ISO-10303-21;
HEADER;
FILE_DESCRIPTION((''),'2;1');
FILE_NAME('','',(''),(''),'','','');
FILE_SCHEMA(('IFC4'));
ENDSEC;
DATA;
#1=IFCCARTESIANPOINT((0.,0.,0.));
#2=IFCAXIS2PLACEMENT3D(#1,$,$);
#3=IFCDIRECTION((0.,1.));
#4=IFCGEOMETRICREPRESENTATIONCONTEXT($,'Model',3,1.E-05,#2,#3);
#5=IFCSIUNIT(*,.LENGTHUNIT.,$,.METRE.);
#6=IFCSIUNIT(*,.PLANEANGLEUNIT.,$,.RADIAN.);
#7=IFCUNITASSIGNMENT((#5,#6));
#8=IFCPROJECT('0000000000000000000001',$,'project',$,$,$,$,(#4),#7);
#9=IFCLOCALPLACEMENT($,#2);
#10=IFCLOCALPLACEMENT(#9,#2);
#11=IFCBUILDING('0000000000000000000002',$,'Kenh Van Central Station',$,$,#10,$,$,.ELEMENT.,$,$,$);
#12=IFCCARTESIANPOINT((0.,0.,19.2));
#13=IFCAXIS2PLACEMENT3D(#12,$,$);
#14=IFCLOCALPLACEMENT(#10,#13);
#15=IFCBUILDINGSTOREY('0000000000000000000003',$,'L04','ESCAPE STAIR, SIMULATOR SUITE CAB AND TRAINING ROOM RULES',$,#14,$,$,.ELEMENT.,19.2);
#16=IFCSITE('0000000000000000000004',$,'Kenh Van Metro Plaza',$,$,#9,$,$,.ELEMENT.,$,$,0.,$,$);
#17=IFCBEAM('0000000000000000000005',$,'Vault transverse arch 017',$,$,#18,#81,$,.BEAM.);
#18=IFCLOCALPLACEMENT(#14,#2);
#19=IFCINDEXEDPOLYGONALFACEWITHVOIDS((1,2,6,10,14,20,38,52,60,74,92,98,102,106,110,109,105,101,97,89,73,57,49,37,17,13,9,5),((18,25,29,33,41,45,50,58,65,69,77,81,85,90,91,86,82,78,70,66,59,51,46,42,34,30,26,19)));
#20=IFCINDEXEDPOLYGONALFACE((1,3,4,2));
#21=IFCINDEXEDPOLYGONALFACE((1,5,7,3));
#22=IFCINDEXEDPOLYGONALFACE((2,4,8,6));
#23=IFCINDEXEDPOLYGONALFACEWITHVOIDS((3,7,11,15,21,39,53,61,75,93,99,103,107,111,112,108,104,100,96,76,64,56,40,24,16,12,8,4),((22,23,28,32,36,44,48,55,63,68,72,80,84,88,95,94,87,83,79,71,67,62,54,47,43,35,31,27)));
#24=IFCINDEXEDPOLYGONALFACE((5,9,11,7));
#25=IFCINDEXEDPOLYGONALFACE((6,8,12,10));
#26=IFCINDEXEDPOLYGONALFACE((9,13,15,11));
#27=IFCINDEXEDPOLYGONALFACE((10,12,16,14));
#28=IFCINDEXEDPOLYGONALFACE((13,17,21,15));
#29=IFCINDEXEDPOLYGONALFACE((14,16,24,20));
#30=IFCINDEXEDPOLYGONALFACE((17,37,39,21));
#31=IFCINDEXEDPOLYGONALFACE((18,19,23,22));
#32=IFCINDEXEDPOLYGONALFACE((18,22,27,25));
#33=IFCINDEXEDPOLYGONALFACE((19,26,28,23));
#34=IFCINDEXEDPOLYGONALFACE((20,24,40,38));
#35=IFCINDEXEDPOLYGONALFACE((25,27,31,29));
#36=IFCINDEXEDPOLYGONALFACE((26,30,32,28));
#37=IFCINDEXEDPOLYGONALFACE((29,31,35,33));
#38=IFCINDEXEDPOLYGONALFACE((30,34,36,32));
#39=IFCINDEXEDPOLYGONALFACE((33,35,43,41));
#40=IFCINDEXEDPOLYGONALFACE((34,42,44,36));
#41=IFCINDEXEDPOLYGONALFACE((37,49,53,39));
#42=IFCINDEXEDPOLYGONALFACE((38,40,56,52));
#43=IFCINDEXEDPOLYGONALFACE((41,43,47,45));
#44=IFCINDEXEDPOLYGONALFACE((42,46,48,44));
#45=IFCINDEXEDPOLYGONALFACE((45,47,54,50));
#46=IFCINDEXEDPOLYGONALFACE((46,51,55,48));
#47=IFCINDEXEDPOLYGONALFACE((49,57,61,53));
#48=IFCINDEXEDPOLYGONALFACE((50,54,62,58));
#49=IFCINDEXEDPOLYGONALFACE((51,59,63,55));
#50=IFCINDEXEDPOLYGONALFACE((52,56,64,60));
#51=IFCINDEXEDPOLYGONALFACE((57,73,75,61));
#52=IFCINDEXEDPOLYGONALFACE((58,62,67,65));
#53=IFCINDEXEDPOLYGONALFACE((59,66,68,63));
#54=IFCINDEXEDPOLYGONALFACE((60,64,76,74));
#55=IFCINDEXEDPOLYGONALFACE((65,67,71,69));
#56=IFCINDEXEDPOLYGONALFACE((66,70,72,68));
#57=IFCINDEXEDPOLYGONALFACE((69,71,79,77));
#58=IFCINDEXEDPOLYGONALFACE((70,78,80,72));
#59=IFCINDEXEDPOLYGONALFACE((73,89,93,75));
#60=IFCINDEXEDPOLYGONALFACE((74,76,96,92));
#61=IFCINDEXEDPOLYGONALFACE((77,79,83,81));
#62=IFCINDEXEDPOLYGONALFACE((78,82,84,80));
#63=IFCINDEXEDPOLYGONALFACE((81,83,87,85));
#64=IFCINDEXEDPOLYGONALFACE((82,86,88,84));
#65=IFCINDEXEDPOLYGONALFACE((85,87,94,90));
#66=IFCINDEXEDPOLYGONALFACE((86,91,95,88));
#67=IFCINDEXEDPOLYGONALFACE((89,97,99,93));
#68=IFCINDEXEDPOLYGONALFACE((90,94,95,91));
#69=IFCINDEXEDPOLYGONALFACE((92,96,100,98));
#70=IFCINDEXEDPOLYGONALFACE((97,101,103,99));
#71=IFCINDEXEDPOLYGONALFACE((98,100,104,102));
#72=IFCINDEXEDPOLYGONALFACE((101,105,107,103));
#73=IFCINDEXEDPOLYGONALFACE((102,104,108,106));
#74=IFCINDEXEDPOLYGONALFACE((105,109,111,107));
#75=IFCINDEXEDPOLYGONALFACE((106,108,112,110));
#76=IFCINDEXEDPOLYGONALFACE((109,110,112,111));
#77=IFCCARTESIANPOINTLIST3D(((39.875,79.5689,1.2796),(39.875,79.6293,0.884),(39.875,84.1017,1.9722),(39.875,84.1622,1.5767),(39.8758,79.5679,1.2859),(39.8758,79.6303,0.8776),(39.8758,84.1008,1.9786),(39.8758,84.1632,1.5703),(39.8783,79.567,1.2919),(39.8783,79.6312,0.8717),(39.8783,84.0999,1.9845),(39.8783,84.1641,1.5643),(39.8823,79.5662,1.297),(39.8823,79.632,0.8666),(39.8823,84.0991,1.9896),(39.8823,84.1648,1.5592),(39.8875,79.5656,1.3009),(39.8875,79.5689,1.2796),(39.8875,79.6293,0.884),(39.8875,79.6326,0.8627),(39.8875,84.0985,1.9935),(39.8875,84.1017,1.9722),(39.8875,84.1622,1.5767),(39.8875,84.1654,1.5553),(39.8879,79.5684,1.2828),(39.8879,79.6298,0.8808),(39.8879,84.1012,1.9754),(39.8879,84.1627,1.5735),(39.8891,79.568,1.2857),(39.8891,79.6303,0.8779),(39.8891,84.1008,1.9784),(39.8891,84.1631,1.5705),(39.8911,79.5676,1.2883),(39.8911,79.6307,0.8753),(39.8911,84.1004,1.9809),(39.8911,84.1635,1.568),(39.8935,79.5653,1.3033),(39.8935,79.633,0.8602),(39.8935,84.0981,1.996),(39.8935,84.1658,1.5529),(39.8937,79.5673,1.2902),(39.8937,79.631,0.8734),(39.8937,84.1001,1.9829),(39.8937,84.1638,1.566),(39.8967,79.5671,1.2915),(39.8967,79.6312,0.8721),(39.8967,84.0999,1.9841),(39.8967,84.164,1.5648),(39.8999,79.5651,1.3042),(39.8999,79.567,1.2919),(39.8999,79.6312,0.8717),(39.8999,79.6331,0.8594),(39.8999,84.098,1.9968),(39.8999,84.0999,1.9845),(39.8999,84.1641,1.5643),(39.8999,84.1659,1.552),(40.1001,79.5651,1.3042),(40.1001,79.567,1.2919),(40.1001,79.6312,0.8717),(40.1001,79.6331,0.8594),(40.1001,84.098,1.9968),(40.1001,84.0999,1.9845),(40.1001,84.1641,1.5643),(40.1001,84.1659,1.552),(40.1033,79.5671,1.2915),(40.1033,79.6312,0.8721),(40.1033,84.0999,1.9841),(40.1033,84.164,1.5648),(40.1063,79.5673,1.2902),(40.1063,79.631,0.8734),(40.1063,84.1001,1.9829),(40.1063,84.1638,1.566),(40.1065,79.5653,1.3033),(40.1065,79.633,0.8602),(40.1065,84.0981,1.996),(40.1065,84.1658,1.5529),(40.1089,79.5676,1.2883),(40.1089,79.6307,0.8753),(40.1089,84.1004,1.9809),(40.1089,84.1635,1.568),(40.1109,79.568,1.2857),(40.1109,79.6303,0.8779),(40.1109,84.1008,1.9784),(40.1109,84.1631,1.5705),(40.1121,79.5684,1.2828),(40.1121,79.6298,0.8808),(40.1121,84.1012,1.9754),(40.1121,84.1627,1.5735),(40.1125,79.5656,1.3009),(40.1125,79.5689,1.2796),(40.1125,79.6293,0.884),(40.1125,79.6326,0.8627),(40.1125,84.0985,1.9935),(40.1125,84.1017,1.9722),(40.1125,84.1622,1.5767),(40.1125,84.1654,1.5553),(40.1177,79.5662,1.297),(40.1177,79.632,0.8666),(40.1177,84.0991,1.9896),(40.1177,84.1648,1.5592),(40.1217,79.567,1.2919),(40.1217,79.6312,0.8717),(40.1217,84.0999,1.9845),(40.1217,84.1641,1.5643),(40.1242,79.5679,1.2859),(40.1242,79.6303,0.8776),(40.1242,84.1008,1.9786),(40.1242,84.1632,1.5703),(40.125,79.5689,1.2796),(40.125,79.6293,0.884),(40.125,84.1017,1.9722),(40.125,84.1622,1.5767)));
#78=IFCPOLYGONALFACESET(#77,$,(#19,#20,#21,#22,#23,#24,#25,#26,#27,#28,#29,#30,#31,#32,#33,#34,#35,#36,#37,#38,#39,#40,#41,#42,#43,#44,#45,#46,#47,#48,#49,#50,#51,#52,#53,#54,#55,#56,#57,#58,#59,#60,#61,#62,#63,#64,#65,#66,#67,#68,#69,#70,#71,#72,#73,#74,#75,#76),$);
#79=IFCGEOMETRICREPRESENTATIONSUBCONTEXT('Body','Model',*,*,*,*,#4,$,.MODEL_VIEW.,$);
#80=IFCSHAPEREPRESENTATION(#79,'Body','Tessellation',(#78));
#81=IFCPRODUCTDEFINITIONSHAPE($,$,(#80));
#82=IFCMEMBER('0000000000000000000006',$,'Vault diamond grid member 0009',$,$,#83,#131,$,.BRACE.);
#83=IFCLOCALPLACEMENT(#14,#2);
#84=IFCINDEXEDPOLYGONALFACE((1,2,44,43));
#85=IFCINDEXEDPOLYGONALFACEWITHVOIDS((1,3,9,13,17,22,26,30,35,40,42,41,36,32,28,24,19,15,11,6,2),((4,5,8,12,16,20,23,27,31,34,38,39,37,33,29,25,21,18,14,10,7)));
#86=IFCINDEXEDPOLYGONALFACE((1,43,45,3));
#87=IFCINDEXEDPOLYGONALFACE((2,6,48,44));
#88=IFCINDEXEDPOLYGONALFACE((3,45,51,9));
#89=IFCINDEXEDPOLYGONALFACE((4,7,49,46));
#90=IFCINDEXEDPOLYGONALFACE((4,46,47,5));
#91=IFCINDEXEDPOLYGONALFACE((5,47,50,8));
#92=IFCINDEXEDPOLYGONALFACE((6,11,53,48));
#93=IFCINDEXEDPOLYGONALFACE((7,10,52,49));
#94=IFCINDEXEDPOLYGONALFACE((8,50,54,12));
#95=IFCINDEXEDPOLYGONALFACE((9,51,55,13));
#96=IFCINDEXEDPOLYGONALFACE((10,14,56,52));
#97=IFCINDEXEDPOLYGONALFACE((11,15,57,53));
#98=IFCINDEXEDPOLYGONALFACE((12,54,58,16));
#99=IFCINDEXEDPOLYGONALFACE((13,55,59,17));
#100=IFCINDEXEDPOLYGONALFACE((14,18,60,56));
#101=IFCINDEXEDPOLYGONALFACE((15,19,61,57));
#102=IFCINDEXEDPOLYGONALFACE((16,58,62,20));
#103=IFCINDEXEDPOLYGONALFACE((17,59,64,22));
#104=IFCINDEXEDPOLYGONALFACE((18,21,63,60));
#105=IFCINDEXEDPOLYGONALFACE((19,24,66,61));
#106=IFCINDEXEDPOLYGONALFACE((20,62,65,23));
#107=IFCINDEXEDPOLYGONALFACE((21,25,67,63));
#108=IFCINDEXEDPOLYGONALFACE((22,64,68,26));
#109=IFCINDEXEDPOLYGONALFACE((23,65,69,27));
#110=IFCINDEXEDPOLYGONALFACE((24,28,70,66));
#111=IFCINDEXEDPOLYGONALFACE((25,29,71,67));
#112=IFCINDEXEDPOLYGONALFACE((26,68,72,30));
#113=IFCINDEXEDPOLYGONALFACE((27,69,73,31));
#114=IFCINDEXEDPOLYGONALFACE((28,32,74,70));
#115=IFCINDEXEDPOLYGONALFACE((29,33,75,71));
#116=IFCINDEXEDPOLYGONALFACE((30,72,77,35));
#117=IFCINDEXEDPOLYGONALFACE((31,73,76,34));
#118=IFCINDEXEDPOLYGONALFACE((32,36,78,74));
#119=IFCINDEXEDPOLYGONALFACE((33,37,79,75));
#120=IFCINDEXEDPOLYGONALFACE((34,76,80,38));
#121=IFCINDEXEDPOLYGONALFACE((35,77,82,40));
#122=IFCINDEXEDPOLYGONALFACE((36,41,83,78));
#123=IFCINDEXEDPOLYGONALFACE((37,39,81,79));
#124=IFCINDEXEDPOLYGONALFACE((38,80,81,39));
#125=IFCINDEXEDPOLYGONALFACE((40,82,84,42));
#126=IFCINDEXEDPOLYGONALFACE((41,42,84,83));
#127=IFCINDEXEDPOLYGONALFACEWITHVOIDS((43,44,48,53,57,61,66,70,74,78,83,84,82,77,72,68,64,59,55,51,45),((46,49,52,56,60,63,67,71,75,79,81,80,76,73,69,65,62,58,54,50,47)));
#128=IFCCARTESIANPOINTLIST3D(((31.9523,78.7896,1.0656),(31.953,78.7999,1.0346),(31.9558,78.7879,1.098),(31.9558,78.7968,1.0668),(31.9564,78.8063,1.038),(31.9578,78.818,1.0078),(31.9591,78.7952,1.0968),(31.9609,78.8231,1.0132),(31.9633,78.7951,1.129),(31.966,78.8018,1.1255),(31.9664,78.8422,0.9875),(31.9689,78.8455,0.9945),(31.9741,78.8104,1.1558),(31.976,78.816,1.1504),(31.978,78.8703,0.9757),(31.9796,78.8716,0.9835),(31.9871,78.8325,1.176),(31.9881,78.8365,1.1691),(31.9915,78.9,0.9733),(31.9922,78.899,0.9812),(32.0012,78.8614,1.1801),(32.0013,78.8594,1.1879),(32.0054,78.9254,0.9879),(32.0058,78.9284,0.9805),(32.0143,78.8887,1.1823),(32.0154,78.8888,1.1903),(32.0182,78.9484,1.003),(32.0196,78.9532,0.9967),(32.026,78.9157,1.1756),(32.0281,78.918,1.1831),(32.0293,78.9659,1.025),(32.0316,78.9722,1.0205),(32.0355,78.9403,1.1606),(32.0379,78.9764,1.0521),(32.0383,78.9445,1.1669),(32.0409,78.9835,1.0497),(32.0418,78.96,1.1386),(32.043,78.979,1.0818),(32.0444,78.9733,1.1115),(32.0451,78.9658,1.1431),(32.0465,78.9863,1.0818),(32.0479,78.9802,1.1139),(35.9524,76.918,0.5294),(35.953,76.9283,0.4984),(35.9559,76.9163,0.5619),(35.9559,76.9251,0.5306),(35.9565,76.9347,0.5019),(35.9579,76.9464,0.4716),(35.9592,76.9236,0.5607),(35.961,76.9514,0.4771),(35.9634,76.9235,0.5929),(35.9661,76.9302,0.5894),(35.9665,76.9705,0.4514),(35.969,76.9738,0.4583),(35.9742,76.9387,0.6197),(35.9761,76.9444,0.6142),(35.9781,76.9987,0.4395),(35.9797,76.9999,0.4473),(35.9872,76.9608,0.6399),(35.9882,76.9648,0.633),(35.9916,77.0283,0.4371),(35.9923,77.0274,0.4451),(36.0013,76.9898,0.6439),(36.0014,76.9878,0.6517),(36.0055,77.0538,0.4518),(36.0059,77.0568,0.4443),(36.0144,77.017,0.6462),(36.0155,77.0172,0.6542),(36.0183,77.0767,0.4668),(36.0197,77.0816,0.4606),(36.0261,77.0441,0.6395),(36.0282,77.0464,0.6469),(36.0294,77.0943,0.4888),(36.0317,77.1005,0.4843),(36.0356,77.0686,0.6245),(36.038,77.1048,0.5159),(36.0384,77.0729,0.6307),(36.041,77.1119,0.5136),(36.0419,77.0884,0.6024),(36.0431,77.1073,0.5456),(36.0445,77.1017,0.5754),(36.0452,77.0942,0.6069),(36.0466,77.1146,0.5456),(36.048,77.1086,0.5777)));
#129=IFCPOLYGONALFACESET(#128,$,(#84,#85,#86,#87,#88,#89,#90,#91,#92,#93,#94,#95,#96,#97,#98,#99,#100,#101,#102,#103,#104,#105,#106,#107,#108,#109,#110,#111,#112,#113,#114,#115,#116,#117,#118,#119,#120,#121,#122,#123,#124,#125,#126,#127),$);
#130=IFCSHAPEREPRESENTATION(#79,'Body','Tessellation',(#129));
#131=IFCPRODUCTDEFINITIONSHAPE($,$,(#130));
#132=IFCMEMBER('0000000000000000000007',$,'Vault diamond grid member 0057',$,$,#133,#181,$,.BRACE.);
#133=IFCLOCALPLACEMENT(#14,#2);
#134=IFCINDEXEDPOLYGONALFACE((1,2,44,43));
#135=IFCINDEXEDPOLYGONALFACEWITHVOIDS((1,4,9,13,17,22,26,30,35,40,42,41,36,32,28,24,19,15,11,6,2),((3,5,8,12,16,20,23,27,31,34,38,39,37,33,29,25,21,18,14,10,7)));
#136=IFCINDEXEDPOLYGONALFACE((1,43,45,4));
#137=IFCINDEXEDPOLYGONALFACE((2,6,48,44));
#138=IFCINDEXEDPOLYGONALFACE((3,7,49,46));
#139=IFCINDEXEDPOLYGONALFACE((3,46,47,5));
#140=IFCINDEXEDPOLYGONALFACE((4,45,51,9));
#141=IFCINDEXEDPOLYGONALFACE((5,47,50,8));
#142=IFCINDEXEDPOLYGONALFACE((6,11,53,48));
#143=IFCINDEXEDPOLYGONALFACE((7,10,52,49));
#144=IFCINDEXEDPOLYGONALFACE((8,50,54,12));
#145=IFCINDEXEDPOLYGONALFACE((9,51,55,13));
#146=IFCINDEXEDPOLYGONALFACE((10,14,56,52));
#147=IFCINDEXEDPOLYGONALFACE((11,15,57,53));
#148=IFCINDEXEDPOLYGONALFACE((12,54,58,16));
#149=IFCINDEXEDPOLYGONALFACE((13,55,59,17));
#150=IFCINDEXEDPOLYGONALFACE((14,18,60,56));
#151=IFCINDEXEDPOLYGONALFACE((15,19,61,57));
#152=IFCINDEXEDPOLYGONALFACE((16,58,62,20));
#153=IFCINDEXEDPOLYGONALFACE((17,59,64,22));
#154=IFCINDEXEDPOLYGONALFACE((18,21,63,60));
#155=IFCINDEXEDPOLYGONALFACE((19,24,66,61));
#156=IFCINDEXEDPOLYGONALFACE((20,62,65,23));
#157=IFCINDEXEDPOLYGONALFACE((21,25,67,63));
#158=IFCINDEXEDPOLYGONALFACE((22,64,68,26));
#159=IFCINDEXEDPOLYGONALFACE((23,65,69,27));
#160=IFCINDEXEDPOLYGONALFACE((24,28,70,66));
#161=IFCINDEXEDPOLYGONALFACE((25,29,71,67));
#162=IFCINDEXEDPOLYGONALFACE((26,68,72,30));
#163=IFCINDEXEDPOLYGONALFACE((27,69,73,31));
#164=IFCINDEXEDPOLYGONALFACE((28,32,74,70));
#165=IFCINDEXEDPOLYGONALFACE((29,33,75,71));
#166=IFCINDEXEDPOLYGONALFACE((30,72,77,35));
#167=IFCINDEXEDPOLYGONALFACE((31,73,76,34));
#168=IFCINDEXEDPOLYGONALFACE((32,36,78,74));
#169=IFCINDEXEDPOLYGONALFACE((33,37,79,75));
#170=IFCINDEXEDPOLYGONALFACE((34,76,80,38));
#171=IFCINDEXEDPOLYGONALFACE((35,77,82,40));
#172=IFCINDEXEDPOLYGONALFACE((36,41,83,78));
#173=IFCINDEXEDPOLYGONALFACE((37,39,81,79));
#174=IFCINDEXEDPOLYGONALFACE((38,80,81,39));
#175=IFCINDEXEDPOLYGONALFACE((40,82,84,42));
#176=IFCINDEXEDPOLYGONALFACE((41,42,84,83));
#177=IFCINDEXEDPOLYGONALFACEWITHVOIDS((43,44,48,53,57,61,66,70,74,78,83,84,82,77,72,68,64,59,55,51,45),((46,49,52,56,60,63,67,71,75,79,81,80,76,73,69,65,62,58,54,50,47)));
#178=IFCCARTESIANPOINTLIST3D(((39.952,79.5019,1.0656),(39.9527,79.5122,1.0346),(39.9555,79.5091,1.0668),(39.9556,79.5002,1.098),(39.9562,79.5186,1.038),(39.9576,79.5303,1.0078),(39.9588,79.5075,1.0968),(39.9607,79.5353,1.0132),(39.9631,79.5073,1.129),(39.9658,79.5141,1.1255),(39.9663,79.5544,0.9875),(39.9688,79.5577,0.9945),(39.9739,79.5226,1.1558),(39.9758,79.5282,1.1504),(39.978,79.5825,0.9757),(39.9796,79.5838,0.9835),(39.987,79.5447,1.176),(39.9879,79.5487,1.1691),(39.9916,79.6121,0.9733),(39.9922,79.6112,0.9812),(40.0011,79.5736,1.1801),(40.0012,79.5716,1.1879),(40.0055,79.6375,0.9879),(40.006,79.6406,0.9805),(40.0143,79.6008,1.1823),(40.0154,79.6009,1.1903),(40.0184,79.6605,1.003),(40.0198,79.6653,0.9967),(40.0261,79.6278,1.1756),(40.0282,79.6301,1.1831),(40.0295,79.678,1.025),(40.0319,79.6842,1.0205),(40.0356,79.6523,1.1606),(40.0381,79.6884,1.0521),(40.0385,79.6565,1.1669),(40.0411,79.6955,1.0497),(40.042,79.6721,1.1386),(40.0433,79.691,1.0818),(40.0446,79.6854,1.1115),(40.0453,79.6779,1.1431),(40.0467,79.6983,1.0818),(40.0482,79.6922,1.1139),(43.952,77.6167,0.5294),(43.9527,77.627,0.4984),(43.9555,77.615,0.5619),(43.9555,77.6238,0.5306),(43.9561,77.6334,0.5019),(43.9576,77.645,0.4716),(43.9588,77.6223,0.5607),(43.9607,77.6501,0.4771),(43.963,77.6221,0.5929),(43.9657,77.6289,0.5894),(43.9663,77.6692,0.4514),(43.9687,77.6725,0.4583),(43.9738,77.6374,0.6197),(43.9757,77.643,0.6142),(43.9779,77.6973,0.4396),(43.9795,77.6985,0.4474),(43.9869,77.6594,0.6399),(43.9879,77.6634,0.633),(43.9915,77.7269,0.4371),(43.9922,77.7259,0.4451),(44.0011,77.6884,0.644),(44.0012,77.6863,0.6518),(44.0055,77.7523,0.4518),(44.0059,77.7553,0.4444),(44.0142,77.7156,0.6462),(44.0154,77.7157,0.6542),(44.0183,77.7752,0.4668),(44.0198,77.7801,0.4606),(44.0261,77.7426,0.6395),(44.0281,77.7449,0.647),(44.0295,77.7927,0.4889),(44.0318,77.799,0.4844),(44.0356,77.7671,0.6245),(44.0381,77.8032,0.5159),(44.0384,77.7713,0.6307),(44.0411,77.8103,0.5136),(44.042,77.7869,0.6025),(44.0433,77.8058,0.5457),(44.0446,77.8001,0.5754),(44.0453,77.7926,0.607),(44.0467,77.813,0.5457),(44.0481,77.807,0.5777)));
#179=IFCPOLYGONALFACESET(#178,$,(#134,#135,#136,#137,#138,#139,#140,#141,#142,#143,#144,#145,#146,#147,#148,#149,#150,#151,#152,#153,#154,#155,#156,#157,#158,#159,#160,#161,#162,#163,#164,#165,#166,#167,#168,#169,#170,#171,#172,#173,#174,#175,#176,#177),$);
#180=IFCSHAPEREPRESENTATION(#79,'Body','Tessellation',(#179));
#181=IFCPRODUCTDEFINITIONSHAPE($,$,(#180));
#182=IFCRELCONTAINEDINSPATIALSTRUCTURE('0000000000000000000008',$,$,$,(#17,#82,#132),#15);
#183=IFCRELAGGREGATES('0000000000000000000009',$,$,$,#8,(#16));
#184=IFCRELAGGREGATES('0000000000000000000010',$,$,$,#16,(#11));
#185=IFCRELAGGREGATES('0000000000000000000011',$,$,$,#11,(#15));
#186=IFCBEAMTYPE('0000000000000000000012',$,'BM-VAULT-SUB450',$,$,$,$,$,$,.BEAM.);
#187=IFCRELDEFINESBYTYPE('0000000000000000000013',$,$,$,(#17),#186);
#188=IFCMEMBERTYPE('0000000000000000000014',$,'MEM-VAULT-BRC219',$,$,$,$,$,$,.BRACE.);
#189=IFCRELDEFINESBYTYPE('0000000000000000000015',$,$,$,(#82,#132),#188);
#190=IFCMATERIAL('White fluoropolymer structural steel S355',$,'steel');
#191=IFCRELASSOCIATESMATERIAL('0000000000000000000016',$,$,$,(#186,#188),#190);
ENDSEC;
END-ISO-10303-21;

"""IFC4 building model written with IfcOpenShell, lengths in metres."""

from ifc_helpers import new_model, si_unit, direction, frame, origin, origin_2d, place, context, subcontext, project, spatial, hollow_rectangle, hollow_circle, extrude, material, material_profile, profile_set, type_object, element, save


model = new_model("IFC4")

# Units and contexts
model_context = context("Model", 3, precision=1e-05, world=origin(), true_north=direction((0.0, 1.0)))
body_context = subcontext(model_context, "Body", "Model", "MODEL_VIEW")
ifc_project = project(units=[si_unit("LENGTHUNIT", "METRE"), si_unit("PLANEANGLEUNIT", "RADIAN")], contexts=[model_context])

# Site, building, storey
site_placement = place(None, origin())
site = spatial("IfcSite", under=ifc_project, at=site_placement, Name="Kenh Van Metro Plaza", CompositionType="ELEMENT", RefElevation=0.0)
building_placement = place(site_placement, origin())
building = spatial("IfcBuilding", under=site, at=building_placement, Name="Kenh Van Central Station", CompositionType="ELEMENT")
storey_placement = place(building_placement, frame((0.0, 0.0, 19.2)))
storey = spatial("IfcBuildingStorey", under=building, at=storey_placement, Name="L04", Description="ESCAPE STAIR, SIMULATOR SUITE CAB AND TRAINING ROOM RULES", CompositionType="ELEMENT", Elevation=19.2)

# Beam
ifc_material_1 = material(Name="White fluoropolymer structural steel S355", Category="steel")
ifc_material_profile_1 = material_profile(ifc_material_1, hollow_rectangle(XDim=0.25, YDim=0.45, WallThickness=0.0125, InnerFilletRadius=0.0125, OuterFilletRadius=0.0249, at=origin_2d()), Name="RHS 450x250x12.5")
ifc_profile_set_1 = profile_set([ifc_material_profile_1], Name="White fluoropolymer structural steel S355")
beam_type_1 = type_object("IfcBeamType", Name="BM-VAULT-SUB450", PredefinedType="BEAM", material=ifc_profile_set_1)
beam_placement = place(storey_placement, frame((40.0, 79.5991, 1.0818), z_axis=(0.0, 0.988526, 0.151053), x_axis=(-1.0, 0.0, 0.0)))
element("IfcBeam", 1, at=beam_placement, inside=storey, type_object=beam_type_1, Name="Vault transverse arch 017", PredefinedType="BEAM", context=body_context, shape_type="SweptSolid", body=[
    extrude(hollow_rectangle(XDim=0.25, YDim=0.45, WallThickness=0.0125, InnerFilletRadius=0.0125, OuterFilletRadius=0.0249, at=origin_2d()), origin(), (0.0, 0.0, 1.0), 4.5854),
])

# Members
ifc_material_profile_2 = material_profile(ifc_material_1, hollow_circle(Radius=0.1096, WallThickness=0.0081, at=origin_2d()), Name="CHS 219.1x8")
ifc_profile_set_2 = profile_set([ifc_material_profile_2], Name="White fluoropolymer structural steel S355")
member_type_1 = type_object("IfcMemberType", Name="MEM-VAULT-BRC219", PredefinedType="BRACE", material=ifc_profile_set_2)
member_1_placement = place(storey_placement, frame((32.0, 78.887, 1.0818), z_axis=(0.899154, -0.42071, -0.120517), x_axis=(0.423799, 0.905756, 0.0)))
element("IfcMember", 2, at=member_1_placement, inside=storey, type_object=member_type_1, Name="Vault diamond grid member 0009", PredefinedType="BRACE", context=body_context, shape_type="SweptSolid", body=[
    extrude(hollow_circle(Radius=0.1096, WallThickness=0.0081, at=origin_2d()), origin(), (0.0, 0.0, 1.0), 4.4487),
])
member_2_placement = place(storey_placement, frame((40.0, 79.5991, 1.0818), z_axis=(0.89799, -0.423235, -0.12036), x_axis=(0.426334, 0.904566, 0.0)))
element("IfcMember", 3, at=member_2_placement, inside=storey, type_object=member_type_1, Name="Vault diamond grid member 0057", PredefinedType="BRACE", context=body_context, shape_type="SweptSolid", body=[
    extrude(hollow_circle(Radius=0.1096, WallThickness=0.0081, at=origin_2d()), origin(), (0.0, 0.0, 1.0), 4.4543),
])

save(model, "model.ifc")
